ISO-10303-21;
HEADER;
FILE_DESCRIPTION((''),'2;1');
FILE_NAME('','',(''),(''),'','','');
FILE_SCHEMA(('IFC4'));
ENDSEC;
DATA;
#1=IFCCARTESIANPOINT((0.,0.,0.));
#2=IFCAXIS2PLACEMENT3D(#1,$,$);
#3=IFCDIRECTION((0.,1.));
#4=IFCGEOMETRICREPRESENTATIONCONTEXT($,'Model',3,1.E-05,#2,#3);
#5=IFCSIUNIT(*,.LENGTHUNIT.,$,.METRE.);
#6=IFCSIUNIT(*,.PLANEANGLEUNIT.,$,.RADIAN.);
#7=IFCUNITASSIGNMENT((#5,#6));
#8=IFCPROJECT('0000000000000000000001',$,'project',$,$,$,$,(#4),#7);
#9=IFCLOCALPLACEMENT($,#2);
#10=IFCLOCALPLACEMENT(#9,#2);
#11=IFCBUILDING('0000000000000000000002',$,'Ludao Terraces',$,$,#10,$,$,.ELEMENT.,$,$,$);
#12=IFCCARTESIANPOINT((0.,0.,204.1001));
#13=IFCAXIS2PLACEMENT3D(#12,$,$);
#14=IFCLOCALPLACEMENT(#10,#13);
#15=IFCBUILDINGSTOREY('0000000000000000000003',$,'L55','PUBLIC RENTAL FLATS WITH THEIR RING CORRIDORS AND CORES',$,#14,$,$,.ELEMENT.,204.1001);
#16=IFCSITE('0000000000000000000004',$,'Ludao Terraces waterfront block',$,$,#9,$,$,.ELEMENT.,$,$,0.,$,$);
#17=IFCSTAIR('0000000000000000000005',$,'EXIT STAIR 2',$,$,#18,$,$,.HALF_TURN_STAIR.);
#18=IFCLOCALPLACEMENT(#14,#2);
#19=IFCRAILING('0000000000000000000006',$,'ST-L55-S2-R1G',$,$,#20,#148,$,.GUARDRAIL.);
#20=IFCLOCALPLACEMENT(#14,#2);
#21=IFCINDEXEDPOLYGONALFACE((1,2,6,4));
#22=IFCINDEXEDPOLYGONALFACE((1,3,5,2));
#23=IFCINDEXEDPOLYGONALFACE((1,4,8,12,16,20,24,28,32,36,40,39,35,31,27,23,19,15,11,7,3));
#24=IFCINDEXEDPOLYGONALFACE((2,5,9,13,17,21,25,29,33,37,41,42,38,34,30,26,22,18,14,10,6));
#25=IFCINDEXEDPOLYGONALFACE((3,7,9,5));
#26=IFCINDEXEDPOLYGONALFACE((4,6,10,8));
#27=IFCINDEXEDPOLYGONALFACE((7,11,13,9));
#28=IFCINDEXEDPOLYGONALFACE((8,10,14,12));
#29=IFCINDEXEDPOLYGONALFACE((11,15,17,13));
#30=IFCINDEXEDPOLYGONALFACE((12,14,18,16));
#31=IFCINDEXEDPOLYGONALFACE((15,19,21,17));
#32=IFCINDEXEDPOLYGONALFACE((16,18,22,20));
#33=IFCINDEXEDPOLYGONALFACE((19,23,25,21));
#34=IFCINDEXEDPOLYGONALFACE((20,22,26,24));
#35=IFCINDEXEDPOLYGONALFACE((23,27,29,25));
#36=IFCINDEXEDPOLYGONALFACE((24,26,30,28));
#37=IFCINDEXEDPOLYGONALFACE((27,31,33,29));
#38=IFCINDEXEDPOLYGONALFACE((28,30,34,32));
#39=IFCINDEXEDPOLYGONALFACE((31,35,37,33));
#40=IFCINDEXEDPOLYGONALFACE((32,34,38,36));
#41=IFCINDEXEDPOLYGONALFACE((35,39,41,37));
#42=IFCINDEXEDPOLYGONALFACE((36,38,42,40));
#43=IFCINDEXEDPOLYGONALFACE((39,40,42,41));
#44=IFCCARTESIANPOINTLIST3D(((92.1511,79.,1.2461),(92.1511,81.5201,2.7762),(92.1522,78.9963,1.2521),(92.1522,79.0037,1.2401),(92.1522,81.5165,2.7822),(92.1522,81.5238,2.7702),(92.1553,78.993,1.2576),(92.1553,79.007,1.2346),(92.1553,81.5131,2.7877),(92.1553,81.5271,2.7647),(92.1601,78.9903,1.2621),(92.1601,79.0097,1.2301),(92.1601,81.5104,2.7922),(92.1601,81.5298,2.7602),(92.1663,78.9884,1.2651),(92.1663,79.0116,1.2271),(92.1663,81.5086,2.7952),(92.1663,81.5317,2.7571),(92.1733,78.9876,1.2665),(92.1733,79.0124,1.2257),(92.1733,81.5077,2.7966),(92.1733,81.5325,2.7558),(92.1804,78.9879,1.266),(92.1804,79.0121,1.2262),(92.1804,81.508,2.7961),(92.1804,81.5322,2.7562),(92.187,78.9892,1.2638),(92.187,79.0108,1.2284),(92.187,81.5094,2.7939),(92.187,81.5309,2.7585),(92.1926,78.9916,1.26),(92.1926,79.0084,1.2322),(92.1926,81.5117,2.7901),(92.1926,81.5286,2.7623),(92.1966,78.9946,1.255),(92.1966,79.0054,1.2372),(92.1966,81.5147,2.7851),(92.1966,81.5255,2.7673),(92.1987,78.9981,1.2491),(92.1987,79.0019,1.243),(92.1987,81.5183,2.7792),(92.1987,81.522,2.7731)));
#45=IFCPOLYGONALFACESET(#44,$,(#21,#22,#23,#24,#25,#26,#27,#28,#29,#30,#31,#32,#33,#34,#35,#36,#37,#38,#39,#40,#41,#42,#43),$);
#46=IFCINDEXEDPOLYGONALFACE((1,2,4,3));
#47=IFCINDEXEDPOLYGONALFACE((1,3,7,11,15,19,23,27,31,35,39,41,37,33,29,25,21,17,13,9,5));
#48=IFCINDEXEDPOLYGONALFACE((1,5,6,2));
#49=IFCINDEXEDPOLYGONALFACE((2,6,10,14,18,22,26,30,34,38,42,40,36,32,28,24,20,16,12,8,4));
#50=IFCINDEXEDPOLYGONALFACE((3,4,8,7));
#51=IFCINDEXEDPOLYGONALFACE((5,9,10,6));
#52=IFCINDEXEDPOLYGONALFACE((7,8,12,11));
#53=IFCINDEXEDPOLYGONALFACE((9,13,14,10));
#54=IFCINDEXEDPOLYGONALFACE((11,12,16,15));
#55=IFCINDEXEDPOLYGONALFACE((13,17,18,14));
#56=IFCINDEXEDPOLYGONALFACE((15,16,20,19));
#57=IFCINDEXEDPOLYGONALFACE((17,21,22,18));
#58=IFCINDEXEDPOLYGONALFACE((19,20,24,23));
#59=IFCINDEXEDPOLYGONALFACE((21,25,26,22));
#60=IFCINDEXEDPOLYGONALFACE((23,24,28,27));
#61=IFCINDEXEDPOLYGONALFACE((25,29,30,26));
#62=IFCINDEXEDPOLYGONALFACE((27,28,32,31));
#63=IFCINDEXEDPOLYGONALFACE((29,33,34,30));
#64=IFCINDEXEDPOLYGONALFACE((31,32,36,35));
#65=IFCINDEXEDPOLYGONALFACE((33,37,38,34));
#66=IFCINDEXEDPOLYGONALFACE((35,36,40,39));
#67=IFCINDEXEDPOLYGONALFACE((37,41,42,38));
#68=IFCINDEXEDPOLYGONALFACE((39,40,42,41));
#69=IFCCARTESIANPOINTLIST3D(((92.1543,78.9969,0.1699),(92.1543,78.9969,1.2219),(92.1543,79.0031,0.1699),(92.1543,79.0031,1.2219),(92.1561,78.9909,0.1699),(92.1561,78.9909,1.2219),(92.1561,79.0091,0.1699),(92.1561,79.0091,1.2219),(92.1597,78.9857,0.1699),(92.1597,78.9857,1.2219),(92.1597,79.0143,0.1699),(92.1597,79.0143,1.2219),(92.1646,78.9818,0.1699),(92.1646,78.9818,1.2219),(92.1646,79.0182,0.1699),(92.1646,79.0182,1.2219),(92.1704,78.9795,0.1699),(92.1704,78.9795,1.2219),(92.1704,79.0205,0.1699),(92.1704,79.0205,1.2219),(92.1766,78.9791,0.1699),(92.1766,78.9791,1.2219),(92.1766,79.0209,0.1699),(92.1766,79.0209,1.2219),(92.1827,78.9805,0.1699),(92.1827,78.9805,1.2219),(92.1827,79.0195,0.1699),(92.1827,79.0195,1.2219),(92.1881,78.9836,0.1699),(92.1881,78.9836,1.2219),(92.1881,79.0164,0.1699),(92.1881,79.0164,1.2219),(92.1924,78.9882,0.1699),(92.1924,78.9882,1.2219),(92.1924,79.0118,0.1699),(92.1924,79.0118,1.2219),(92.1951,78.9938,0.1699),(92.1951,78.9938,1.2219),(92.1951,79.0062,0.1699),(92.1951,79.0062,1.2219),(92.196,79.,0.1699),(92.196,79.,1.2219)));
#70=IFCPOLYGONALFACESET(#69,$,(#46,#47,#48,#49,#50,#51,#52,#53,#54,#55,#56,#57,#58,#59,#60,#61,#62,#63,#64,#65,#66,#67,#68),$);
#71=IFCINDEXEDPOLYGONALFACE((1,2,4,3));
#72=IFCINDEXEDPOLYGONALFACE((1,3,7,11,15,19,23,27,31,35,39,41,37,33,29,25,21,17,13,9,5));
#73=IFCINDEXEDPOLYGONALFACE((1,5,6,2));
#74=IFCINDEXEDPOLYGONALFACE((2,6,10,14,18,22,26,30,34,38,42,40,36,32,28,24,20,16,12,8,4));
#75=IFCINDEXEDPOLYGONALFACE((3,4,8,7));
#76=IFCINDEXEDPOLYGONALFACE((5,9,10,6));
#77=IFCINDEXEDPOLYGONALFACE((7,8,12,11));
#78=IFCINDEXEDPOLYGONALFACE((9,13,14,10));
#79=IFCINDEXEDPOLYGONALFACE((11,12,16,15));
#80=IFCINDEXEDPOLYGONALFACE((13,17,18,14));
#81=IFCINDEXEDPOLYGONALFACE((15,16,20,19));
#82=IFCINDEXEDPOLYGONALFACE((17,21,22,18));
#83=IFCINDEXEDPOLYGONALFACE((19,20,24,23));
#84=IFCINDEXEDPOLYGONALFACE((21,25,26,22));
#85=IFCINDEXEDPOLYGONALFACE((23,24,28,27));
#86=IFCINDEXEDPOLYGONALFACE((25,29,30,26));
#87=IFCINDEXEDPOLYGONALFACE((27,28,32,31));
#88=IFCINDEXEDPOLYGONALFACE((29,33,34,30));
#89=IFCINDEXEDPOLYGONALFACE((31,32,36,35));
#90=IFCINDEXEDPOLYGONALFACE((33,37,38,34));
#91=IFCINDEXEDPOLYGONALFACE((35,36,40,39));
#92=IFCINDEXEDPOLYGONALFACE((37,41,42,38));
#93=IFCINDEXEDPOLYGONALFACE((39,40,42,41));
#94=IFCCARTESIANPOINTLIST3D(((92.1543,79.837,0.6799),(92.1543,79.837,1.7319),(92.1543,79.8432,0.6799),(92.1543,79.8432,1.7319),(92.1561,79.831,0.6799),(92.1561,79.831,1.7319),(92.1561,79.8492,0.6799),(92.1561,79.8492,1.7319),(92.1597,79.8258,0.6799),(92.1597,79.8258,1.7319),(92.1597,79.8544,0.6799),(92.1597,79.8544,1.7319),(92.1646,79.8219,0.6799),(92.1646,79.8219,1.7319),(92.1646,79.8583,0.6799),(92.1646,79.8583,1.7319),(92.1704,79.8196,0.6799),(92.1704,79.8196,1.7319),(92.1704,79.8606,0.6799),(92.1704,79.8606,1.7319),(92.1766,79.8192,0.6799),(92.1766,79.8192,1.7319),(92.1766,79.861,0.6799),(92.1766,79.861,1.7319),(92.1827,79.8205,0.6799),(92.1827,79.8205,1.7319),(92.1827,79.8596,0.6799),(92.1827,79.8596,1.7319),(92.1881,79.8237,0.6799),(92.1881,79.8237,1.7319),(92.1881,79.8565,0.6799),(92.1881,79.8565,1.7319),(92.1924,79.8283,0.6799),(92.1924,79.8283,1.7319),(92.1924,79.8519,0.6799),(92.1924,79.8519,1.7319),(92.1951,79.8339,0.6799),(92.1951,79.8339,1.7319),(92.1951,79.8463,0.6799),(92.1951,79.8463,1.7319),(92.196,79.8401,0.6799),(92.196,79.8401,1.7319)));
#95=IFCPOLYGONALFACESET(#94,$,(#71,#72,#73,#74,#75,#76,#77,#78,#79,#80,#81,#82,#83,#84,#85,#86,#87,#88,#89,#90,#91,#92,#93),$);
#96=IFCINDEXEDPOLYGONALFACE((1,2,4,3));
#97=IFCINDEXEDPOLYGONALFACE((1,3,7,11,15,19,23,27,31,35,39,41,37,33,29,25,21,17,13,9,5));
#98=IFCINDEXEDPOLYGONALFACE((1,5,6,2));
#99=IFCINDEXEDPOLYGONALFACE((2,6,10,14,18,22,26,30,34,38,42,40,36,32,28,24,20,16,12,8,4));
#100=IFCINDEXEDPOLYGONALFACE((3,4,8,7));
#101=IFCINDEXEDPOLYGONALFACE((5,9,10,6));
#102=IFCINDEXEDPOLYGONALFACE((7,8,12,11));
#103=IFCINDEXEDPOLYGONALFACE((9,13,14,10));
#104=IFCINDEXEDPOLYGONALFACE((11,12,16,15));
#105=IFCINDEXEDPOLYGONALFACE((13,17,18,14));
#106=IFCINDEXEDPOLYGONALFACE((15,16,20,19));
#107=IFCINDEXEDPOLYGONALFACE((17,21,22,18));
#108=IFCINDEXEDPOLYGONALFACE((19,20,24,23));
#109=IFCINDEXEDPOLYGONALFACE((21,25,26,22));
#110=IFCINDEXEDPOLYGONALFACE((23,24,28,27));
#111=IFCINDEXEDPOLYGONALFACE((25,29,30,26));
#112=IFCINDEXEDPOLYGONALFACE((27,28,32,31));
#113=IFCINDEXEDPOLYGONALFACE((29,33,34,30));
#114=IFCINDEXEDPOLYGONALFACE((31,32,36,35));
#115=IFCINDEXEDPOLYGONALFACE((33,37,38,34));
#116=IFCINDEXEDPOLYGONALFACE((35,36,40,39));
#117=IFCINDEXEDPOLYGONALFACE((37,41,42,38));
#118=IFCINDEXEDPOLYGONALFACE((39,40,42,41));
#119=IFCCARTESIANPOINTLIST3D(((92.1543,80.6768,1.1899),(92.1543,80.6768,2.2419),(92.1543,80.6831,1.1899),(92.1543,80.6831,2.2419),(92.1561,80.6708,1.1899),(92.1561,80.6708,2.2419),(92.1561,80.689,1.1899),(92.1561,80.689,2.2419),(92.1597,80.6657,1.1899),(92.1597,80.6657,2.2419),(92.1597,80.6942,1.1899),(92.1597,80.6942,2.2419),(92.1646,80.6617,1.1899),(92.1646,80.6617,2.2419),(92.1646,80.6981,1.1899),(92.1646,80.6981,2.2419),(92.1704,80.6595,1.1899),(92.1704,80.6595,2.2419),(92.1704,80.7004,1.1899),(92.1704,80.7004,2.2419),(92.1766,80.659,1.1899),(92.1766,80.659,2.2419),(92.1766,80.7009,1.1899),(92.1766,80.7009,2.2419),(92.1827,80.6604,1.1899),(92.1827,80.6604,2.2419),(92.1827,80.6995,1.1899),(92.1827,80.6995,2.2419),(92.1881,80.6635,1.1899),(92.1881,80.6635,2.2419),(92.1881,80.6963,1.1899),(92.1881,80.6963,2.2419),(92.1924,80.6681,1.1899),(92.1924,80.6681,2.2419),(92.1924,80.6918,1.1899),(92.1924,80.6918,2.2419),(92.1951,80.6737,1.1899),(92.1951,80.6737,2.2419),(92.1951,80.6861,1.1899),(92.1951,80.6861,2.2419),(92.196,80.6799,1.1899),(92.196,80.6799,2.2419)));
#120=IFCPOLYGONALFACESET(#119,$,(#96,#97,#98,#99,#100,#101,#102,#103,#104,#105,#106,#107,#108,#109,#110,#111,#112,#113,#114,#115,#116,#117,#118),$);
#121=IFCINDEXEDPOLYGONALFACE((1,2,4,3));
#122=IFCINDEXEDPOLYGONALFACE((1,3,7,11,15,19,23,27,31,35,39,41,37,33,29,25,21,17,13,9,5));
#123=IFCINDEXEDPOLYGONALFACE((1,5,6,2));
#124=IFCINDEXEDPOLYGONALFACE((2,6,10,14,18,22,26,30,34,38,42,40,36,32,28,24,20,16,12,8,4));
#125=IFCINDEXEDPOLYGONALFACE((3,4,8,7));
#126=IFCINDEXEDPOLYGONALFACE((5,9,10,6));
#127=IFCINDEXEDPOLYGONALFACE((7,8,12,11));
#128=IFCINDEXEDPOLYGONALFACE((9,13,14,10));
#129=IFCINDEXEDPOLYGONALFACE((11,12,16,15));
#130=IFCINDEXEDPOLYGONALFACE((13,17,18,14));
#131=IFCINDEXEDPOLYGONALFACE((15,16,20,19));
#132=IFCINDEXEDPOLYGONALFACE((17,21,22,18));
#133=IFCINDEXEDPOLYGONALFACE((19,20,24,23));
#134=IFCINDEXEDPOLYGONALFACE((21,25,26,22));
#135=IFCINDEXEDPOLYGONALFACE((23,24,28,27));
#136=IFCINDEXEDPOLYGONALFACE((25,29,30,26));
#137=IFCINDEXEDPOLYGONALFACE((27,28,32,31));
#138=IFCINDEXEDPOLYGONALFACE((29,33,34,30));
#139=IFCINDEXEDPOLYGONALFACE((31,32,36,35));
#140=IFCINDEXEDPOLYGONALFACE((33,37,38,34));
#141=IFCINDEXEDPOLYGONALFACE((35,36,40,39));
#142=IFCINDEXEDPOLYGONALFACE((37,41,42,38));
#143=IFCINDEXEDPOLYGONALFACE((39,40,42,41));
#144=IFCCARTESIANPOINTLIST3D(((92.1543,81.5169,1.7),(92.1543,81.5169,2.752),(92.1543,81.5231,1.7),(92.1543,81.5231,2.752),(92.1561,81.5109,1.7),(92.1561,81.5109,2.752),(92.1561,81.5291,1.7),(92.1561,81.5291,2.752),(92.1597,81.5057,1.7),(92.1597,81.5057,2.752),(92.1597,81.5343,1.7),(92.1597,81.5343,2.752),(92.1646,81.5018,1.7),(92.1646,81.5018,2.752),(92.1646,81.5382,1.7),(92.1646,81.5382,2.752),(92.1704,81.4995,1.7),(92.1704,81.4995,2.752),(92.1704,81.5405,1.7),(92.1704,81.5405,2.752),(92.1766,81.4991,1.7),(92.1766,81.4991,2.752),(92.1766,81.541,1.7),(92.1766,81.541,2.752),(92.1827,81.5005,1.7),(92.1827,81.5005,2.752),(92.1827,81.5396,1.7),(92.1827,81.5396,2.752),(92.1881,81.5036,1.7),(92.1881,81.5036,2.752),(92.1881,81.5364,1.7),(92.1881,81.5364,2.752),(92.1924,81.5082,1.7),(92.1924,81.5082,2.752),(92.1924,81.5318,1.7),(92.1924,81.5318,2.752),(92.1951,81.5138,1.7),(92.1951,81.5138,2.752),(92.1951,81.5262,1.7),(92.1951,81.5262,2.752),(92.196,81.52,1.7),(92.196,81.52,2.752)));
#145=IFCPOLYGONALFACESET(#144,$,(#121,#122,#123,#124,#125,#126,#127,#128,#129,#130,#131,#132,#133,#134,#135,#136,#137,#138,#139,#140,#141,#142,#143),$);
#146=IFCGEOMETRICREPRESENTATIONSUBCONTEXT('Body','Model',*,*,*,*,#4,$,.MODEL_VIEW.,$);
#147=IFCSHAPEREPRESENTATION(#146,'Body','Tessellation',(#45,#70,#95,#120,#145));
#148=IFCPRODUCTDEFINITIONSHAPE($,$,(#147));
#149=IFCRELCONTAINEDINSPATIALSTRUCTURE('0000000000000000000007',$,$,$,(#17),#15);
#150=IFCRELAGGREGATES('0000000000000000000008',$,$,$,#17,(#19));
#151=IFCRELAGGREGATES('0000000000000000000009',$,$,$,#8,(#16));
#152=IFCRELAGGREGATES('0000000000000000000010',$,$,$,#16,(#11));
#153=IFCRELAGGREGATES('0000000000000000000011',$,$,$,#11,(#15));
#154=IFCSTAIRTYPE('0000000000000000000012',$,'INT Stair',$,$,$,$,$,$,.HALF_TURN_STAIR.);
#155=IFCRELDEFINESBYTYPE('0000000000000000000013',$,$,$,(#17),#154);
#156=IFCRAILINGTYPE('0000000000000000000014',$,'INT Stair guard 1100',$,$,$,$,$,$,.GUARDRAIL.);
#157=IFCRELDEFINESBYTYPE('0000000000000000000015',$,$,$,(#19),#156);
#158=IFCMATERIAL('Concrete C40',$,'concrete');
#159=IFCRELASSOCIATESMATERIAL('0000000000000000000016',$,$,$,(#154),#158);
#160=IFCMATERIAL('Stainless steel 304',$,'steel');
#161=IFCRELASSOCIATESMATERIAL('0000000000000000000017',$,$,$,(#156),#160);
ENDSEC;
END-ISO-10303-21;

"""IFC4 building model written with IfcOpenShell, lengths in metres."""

from ifc_helpers import new_model, si_unit, direction, frame, origin, origin_2d, place, context, subcontext, project, spatial, circle, extrude, material, type_object, element, aggregate, save


model = new_model("IFC4")

# Units and contexts
model_context = context("Model", 3, precision=1e-05, world=origin(), true_north=direction((0.0, 1.0)))
body_context = subcontext(model_context, "Body", "Model", "MODEL_VIEW")
ifc_project = project(units=[si_unit("LENGTHUNIT", "METRE"), si_unit("PLANEANGLEUNIT", "RADIAN")], contexts=[model_context])

# Site, building, storey
site_placement = place(None, origin())
site = spatial("IfcSite", under=ifc_project, at=site_placement, Name="Ludao Terraces waterfront block", CompositionType="ELEMENT", RefElevation=0.0)
building_placement = place(site_placement, origin())
building = spatial("IfcBuilding", under=site, at=building_placement, Name="Ludao Terraces", CompositionType="ELEMENT")
storey_placement = place(building_placement, frame((0.0, 0.0, 204.1001)))
storey = spatial("IfcBuildingStorey", under=building, at=storey_placement, Name="L55", Description="PUBLIC RENTAL FLATS WITH THEIR RING CORRIDORS AND CORES", CompositionType="ELEMENT", Elevation=204.1001)

# Stair, railing
ifc_material_1 = material(Name="Concrete C40", Category="concrete")
stair_type = type_object("IfcStairType", Name="INT Stair", PredefinedType="HALF_TURN_STAIR", material=ifc_material_1)
stair_placement = place(storey_placement, origin())
stair = element("IfcStair", 1, at=stair_placement, inside=storey, type_object=stair_type, Name="EXIT STAIR 2", PredefinedType="HALF_TURN_STAIR")
ifc_material_2 = material(Name="Stainless steel 304", Category="steel")
railing_type_1 = type_object("IfcRailingType", Name="INT Stair guard 1100", PredefinedType="GUARDRAIL", material=ifc_material_2)
railing_1_placement = place(storey_placement, frame((92.175, 79.0, 0.1699)))
railing_1 = element("IfcRailing", 2, at=railing_1_placement, type_object=railing_type_1, Name="ST-L55-S2-R1G", PredefinedType="GUARDRAIL", context=body_context, shape_type="SweptSolid", body=[
    extrude(circle(Radius=0.0239, at=origin_2d()), frame((0.0, 0.0, 1.0762), z_axis=(0.0, 0.854785, 0.518982), x_axis=(-1.0, 0.0, 0.0)), (0.0, 0.0, 1.0), 2.9482),
    extrude(circle(Radius=0.021, at=origin_2d()), origin(), (0.0, 0.0, 1.0), 1.052),
    extrude(circle(Radius=0.021, at=origin_2d()), frame((0.0, 0.8401, 0.51)), (0.0, 0.0, 1.0), 1.052),
    extrude(circle(Radius=0.021, at=origin_2d()), frame((0.0, 1.6799, 1.02)), (0.0, 0.0, 1.0), 1.052),
    extrude(circle(Radius=0.021, at=origin_2d()), frame((0.0, 2.52, 1.53)), (0.0, 0.0, 1.0), 1.052),
])
aggregate(stair, [railing_1])

save(model, "model.ifc")
